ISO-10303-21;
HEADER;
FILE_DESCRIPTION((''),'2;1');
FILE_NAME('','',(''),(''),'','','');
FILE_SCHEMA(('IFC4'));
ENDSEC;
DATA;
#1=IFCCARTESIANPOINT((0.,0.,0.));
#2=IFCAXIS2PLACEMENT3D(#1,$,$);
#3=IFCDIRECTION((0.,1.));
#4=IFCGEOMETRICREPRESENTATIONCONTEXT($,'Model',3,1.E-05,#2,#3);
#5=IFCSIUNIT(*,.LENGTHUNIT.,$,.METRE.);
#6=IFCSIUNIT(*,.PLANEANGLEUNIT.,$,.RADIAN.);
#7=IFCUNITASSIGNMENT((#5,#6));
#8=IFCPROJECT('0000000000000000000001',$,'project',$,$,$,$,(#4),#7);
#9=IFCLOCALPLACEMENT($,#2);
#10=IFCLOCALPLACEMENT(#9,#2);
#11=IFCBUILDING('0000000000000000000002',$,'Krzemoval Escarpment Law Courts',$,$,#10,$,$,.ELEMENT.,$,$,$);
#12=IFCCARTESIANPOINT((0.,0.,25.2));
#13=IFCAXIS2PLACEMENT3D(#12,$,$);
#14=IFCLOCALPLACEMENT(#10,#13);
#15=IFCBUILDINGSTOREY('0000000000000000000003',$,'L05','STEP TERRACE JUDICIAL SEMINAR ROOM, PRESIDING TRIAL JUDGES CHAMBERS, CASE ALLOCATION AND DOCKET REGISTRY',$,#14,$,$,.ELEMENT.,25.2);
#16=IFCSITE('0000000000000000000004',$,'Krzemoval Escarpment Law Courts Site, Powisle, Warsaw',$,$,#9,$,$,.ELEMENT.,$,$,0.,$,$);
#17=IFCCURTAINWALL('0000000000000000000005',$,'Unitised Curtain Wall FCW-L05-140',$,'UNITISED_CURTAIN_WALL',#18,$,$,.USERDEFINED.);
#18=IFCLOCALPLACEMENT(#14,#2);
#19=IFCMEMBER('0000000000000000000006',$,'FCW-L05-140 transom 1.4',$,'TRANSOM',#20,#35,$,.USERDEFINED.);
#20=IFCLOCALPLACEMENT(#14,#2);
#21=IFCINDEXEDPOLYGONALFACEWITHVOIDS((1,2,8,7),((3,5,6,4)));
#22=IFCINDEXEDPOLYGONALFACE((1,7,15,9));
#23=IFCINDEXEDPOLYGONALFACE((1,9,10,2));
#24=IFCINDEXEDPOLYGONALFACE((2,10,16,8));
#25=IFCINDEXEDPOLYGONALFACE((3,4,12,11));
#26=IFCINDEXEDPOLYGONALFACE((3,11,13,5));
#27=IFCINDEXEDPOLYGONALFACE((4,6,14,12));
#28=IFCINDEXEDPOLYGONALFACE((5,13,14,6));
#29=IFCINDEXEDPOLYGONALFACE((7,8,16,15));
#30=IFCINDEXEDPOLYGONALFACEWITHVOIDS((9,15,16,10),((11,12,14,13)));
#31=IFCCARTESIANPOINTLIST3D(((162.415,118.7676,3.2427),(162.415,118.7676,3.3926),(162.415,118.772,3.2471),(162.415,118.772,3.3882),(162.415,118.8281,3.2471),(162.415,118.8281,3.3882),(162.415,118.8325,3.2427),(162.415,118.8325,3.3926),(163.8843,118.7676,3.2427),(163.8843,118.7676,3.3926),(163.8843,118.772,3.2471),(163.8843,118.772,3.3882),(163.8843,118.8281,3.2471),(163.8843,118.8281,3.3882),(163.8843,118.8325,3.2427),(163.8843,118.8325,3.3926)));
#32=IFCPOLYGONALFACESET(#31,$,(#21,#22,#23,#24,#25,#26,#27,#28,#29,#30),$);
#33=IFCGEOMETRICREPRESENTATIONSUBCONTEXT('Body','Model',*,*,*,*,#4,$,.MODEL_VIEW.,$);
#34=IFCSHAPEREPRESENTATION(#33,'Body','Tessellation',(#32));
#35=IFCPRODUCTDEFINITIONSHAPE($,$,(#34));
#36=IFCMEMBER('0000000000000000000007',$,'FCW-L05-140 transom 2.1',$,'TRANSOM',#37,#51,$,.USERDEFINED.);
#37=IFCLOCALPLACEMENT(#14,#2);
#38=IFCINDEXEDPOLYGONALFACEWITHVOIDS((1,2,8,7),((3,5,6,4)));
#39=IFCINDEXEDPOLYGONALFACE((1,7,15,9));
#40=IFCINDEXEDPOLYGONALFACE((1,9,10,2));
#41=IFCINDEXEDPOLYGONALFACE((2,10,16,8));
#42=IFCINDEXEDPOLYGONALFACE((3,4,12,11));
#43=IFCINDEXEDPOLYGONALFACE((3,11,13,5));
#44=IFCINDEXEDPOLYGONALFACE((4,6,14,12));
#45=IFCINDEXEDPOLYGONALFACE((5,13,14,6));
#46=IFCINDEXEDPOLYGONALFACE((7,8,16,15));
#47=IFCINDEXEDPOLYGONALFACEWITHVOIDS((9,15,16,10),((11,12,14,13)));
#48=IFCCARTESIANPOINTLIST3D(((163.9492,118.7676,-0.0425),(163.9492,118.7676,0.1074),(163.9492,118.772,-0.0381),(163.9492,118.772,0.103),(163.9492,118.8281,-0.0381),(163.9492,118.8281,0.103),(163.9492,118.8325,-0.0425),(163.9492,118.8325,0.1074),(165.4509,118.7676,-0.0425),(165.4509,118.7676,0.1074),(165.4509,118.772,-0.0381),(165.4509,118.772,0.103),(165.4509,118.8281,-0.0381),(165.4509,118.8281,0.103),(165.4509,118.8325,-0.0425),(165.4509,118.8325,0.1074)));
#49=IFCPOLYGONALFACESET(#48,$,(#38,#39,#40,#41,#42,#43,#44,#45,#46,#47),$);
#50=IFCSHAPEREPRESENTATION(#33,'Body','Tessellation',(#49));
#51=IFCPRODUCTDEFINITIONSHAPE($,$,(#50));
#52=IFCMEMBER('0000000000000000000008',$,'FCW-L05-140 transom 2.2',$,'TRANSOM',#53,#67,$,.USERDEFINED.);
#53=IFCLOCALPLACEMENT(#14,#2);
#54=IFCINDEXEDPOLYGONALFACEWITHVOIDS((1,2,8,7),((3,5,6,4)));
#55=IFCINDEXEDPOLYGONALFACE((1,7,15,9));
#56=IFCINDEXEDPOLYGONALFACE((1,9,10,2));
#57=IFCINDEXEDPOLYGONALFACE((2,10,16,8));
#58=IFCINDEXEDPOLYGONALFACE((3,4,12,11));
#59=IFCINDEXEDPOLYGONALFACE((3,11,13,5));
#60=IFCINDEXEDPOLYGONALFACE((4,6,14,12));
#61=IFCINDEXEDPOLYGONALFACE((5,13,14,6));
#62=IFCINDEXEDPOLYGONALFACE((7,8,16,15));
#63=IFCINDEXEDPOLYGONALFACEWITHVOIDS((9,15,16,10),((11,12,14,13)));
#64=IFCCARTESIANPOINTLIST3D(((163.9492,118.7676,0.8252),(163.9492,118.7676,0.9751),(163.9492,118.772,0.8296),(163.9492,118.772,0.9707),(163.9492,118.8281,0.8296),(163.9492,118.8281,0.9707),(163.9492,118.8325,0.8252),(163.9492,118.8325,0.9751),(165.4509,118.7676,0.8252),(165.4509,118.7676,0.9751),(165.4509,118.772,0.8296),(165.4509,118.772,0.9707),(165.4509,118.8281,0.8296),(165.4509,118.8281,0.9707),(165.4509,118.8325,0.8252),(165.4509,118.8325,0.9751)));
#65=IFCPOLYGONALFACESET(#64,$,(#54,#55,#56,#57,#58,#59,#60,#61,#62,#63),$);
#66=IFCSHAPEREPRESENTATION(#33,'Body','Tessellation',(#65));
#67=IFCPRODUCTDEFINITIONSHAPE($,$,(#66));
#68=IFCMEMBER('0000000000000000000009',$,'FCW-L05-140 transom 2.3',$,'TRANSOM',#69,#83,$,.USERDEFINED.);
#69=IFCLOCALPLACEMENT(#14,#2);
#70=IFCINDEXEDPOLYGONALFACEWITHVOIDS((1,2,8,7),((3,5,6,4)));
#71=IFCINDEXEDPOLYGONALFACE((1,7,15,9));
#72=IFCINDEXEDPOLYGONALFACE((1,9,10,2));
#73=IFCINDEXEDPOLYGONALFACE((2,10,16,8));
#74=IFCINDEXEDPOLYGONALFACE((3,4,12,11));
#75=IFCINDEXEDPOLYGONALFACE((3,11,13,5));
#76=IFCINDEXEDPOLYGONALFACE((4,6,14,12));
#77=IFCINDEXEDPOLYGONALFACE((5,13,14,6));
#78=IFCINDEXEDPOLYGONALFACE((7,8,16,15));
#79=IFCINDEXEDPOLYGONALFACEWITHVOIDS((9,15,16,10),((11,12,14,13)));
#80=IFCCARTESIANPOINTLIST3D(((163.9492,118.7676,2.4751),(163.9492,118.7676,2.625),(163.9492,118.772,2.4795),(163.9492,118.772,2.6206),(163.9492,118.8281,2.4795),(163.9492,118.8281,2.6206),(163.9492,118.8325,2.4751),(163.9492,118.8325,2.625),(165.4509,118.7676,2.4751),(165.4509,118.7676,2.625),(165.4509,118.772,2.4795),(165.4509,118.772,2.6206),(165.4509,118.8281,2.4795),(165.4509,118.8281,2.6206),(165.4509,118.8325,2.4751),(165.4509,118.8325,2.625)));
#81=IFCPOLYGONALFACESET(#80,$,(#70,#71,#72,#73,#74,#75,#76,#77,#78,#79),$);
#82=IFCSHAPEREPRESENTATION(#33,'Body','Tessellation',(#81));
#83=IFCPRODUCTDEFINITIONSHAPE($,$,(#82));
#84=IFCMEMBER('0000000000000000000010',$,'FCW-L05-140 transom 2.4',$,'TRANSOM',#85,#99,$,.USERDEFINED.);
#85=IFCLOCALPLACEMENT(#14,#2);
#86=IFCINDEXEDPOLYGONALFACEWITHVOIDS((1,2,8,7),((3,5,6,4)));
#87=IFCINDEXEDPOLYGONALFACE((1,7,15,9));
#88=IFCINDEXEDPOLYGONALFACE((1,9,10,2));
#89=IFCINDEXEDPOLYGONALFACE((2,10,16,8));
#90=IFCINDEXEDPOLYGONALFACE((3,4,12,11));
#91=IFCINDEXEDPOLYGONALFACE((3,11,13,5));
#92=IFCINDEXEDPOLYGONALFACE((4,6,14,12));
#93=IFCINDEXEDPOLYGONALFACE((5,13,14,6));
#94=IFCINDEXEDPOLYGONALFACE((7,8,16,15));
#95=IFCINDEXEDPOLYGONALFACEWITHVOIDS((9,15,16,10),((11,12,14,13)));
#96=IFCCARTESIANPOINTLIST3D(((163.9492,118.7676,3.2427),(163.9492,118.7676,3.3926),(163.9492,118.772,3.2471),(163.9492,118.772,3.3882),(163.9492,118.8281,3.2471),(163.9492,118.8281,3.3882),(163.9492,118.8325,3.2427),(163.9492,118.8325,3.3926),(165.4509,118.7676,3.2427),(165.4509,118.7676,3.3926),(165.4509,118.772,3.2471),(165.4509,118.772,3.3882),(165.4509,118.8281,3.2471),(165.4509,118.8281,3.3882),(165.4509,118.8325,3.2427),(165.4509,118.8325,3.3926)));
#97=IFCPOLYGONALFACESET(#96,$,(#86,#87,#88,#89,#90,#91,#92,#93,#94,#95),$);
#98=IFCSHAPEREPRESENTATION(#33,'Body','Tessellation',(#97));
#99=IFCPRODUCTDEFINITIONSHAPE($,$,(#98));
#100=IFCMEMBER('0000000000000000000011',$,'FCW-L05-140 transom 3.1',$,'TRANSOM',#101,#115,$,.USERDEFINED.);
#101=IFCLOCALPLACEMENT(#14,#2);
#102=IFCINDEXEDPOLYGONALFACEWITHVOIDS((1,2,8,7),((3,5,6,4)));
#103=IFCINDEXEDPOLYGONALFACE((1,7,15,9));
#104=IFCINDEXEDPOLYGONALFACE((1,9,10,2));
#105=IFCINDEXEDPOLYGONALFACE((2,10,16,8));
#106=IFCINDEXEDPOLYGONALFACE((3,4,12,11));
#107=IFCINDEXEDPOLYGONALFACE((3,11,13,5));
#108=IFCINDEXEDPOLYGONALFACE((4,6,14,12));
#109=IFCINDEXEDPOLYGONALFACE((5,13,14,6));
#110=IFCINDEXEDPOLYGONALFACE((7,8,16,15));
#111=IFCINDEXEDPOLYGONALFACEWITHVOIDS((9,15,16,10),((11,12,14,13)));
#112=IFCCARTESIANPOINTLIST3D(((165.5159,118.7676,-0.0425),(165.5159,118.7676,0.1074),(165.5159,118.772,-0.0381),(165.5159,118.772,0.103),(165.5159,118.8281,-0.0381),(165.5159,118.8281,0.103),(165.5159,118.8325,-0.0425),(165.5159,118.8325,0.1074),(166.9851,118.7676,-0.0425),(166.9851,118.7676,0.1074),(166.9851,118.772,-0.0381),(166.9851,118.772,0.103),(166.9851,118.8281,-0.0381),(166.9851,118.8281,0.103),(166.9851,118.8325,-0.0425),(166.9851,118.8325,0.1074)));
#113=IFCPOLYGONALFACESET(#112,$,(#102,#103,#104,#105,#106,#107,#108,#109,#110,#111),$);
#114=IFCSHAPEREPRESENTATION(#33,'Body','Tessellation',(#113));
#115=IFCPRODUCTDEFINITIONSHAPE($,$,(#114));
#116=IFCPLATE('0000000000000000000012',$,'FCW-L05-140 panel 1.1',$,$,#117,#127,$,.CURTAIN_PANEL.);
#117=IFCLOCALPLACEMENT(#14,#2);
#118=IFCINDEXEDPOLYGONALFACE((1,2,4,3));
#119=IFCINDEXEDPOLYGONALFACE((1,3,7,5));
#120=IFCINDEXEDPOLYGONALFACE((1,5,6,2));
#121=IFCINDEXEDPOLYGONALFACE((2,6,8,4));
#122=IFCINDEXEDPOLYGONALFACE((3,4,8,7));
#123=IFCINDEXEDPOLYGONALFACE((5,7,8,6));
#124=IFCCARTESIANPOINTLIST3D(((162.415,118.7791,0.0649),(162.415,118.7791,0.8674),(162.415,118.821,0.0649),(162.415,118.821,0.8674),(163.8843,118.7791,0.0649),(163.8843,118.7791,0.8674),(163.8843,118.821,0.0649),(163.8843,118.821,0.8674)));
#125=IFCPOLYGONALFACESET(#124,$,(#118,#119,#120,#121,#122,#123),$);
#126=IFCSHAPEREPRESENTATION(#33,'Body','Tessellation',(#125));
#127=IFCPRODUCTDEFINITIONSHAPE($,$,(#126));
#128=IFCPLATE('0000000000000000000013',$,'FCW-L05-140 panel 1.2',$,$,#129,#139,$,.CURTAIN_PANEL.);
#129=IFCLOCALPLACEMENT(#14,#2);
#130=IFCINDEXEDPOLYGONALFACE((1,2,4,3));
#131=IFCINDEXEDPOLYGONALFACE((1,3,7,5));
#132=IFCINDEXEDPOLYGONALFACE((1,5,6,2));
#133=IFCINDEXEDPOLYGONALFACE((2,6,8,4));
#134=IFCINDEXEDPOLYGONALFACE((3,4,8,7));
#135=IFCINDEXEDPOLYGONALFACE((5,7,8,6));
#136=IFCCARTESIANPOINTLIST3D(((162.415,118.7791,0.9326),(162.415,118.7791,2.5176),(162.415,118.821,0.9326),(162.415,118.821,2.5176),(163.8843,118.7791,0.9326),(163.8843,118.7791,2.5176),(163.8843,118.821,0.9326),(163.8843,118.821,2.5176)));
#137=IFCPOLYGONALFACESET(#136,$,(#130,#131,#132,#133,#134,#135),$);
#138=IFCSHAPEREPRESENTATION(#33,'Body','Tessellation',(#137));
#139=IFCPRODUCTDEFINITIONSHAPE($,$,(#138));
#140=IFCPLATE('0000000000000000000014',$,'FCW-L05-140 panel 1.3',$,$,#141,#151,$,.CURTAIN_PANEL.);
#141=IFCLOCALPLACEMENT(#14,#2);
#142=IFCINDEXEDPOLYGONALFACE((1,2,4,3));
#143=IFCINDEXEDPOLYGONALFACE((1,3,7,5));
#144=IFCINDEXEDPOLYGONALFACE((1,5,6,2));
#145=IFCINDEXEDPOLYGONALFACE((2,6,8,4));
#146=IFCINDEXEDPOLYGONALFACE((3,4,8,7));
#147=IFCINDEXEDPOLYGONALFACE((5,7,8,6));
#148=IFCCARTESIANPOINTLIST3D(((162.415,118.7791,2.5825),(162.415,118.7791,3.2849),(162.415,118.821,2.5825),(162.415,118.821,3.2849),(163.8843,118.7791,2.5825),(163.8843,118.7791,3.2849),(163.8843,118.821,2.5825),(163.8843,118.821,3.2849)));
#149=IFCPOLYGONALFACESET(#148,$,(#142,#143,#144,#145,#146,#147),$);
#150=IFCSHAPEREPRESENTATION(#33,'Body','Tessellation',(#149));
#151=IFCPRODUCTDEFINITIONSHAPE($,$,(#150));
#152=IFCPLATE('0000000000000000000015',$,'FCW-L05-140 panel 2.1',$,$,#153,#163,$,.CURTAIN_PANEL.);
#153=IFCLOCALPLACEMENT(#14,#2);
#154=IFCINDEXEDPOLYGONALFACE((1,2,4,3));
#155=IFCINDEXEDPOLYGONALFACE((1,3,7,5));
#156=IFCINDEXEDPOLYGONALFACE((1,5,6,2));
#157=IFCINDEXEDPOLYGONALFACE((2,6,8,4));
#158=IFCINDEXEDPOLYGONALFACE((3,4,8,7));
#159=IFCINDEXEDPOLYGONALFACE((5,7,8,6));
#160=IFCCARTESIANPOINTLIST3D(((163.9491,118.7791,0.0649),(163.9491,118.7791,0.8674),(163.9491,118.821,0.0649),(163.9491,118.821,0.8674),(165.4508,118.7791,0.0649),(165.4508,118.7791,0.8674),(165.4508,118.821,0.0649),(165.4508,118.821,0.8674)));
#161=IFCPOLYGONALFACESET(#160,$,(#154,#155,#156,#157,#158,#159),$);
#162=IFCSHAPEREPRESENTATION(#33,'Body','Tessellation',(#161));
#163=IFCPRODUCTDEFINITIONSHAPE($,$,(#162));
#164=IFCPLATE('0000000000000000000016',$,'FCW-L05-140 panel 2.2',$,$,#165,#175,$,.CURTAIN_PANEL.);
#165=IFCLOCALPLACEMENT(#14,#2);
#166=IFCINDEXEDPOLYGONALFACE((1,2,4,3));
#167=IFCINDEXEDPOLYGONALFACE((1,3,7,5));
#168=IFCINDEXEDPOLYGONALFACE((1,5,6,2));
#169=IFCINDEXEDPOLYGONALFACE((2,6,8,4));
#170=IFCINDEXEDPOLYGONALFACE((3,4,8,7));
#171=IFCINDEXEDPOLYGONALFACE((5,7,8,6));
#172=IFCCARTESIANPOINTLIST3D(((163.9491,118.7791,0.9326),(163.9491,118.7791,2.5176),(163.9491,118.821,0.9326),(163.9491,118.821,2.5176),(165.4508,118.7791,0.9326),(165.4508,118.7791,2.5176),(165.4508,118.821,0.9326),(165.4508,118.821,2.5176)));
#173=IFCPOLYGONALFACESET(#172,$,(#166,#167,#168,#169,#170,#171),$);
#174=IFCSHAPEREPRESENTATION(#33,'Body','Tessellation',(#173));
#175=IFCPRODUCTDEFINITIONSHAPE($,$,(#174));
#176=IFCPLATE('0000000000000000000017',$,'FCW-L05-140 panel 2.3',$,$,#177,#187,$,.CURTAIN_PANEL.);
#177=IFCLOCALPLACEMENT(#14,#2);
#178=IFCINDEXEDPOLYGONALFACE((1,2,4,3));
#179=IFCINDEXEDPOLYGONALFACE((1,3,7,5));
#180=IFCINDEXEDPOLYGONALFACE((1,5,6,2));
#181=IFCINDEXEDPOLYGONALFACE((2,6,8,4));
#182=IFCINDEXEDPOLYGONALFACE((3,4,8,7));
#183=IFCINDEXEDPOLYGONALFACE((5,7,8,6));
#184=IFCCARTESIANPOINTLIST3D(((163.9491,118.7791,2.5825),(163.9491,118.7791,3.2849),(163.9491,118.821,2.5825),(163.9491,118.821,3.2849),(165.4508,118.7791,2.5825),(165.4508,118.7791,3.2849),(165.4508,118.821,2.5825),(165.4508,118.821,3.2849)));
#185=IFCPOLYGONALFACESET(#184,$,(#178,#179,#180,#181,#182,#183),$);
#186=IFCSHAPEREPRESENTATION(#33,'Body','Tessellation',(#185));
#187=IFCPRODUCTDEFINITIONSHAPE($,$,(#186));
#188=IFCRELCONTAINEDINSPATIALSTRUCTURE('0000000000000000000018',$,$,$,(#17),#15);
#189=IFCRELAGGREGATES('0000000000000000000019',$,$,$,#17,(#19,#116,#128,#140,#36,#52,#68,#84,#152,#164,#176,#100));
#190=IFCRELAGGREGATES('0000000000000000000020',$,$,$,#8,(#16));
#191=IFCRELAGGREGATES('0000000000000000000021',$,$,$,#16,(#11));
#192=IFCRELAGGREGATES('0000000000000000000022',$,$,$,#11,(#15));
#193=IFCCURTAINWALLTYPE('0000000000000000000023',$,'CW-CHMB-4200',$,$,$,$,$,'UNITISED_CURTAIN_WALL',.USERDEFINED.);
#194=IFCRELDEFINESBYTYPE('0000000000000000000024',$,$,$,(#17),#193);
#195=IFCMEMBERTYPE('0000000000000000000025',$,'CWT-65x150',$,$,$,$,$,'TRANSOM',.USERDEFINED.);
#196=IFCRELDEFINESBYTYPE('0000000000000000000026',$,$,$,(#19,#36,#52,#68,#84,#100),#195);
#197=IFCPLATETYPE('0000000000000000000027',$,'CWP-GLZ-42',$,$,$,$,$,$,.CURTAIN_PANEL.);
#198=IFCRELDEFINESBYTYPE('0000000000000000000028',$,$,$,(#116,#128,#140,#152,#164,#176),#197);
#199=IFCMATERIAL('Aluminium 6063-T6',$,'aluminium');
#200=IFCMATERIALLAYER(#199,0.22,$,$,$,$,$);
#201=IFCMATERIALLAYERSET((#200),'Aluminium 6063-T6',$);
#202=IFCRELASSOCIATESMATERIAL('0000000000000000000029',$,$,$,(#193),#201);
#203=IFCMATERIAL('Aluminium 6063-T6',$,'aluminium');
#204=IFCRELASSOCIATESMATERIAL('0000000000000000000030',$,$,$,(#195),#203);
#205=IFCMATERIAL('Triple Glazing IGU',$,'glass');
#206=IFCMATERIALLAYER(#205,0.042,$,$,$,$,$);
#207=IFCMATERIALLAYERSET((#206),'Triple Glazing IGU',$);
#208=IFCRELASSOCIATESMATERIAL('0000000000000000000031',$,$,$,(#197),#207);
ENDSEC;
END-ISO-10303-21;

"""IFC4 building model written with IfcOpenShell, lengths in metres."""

from ifc_helpers import new_model, si_unit, direction, frame, origin, origin_2d, place, context, subcontext, project, spatial, rectangle, hollow_rectangle, extrude, material, layer, layer_set, material_profile, profile_set, type_object, element, aggregate, save


model = new_model("IFC4")

# Units and contexts
model_context = context("Model", 3, precision=1e-05, world=origin(), true_north=direction((0.0, 1.0)))
body_context = subcontext(model_context, "Body", "Model", "MODEL_VIEW")
ifc_project = project(units=[si_unit("LENGTHUNIT", "METRE"), si_unit("PLANEANGLEUNIT", "RADIAN")], contexts=[model_context])

# Site, building, storey
site_placement = place(None, origin())
site = spatial("IfcSite", under=ifc_project, at=site_placement, Name="Krzemoval Escarpment Law Courts Site, Powisle, Warsaw", CompositionType="ELEMENT", RefElevation=0.0)
building_placement = place(site_placement, origin())
building = spatial("IfcBuilding", under=site, at=building_placement, Name="Krzemoval Escarpment Law Courts", CompositionType="ELEMENT")
storey_placement = place(building_placement, frame((0.0, 0.0, 25.2)))
storey = spatial("IfcBuildingStorey", under=building, at=storey_placement, Name="L05", Description="STEP TERRACE JUDICIAL SEMINAR ROOM, PRESIDING TRIAL JUDGES CHAMBERS, CASE ALLOCATION AND DOCKET REGISTRY", CompositionType="ELEMENT", Elevation=25.2)

# Curtain wall, members, plates
ifc_material_1 = material(Name="Aluminium 6063-T6", Category="aluminium")
ifc_layer_1 = layer(ifc_material_1, 0.22)
ifc_layer_set_1 = layer_set([ifc_layer_1], Name="Aluminium 6063-T6")
curtain_wall_type = type_object("IfcCurtainWallType", Name="CW-CHMB-4200", ElementType="UNITISED_CURTAIN_WALL", PredefinedType="USERDEFINED", material=ifc_layer_set_1)
curtain_wall_placement = place(storey_placement, origin())
curtain_wall = element("IfcCurtainWall", 1, at=curtain_wall_placement, inside=storey, type_object=curtain_wall_type, Name="Unitised Curtain Wall FCW-L05-140", ObjectType="UNITISED_CURTAIN_WALL", PredefinedType="USERDEFINED")
ifc_material_2 = material(Name="Aluminium 6063-T6", Category="aluminium")
ifc_material_profile_1 = material_profile(ifc_material_2, hollow_rectangle(XDim=0.0649, YDim=0.1499, WallThickness=0.0044, at=origin_2d()), Name="ALU T65x150")
ifc_profile_set_1 = profile_set([ifc_material_profile_1], Name="Aluminium 6063-T6")
member_type_1 = type_object("IfcMemberType", Name="CWT-65x150", ElementType="TRANSOM", PredefinedType="USERDEFINED", material=ifc_profile_set_1)
member_1_placement = place(storey_placement, frame((162.415, 118.8, 3.3176), z_axis=(1.0, 0.0, 0.0), x_axis=(0.0, 1.0, 0.0)))
member_1 = element("IfcMember", 2, at=member_1_placement, type_object=member_type_1, Name="FCW-L05-140 transom 1.4", ObjectType="TRANSOM", PredefinedType="USERDEFINED", context=body_context, shape_type="SweptSolid", body=[
    extrude(hollow_rectangle(XDim=0.0649, YDim=0.1499, WallThickness=0.0044, at=origin_2d()), origin(), (0.0, 0.0, 1.0), 1.4692),
])
member_2_placement = place(storey_placement, frame((163.9492, 118.8, 0.0325), z_axis=(1.0, 0.0, 0.0), x_axis=(0.0, 1.0, 0.0)))
member_2 = element("IfcMember", 3, at=member_2_placement, type_object=member_type_1, Name="FCW-L05-140 transom 2.1", ObjectType="TRANSOM", PredefinedType="USERDEFINED", context=body_context, shape_type="SweptSolid", body=[
    extrude(hollow_rectangle(XDim=0.0649, YDim=0.1499, WallThickness=0.0044, at=origin_2d()), origin(), (0.0, 0.0, 1.0), 1.5017),
])
member_3_placement = place(storey_placement, frame((163.9492, 118.8, 0.9001), z_axis=(1.0, 0.0, 0.0), x_axis=(0.0, 1.0, 0.0)))
member_3 = element("IfcMember", 4, at=member_3_placement, type_object=member_type_1, Name="FCW-L05-140 transom 2.2", ObjectType="TRANSOM", PredefinedType="USERDEFINED", context=body_context, shape_type="SweptSolid", body=[
    extrude(hollow_rectangle(XDim=0.0649, YDim=0.1499, WallThickness=0.0044, at=origin_2d()), origin(), (0.0, 0.0, 1.0), 1.5017),
])
member_4_placement = place(storey_placement, frame((163.9492, 118.8, 2.55), z_axis=(1.0, 0.0, 0.0), x_axis=(0.0, 1.0, 0.0)))
member_4 = element("IfcMember", 5, at=member_4_placement, type_object=member_type_1, Name="FCW-L05-140 transom 2.3", ObjectType="TRANSOM", PredefinedType="USERDEFINED", context=body_context, shape_type="SweptSolid", body=[
    extrude(hollow_rectangle(XDim=0.0649, YDim=0.1499, WallThickness=0.0044, at=origin_2d()), origin(), (0.0, 0.0, 1.0), 1.5017),
])
member_5_placement = place(storey_placement, frame((163.9492, 118.8, 3.3176), z_axis=(1.0, 0.0, 0.0), x_axis=(0.0, 1.0, 0.0)))
member_5 = element("IfcMember", 6, at=member_5_placement, type_object=member_type_1, Name="FCW-L05-140 transom 2.4", ObjectType="TRANSOM", PredefinedType="USERDEFINED", context=body_context, shape_type="SweptSolid", body=[
    extrude(hollow_rectangle(XDim=0.0649, YDim=0.1499, WallThickness=0.0044, at=origin_2d()), origin(), (0.0, 0.0, 1.0), 1.5017),
])
member_6_placement = place(storey_placement, frame((165.5159, 118.8, 0.0325), z_axis=(1.0, 0.0, 0.0), x_axis=(0.0, 1.0, 0.0)))
member_6 = element("IfcMember", 7, at=member_6_placement, type_object=member_type_1, Name="FCW-L05-140 transom 3.1", ObjectType="TRANSOM", PredefinedType="USERDEFINED", context=body_context, shape_type="SweptSolid", body=[
    extrude(hollow_rectangle(XDim=0.0649, YDim=0.1499, WallThickness=0.0044, at=origin_2d()), origin(), (0.0, 0.0, 1.0), 1.4692),
])
ifc_material_3 = material(Name="Triple Glazing IGU", Category="glass")
ifc_layer_2 = layer(ifc_material_3, 0.042)
ifc_layer_set_2 = layer_set([ifc_layer_2], Name="Triple Glazing IGU")
plate_type = type_object("IfcPlateType", Name="CWP-GLZ-42", PredefinedType="CURTAIN_PANEL", material=ifc_layer_set_2)
plate_1_placement = place(storey_placement, frame((163.1497, 118.8, 0.0649), z_axis=(0.0, 0.0, 1.0), x_axis=(1.0, 0.0, 0.0)))
plate_1 = element("IfcPlate", 8, at=plate_1_placement, type_object=plate_type, Name="FCW-L05-140 panel 1.1", PredefinedType="CURTAIN_PANEL", context=body_context, shape_type="SweptSolid", body=[
    extrude(rectangle(XDim=1.4692, YDim=0.042, at=origin_2d()), origin(), (0.0, 0.0, 1.0), 0.8025),
])
plate_2_placement = place(storey_placement, frame((163.1497, 118.8, 0.9326), z_axis=(0.0, 0.0, 1.0), x_axis=(1.0, 0.0, 0.0)))
plate_2 = element("IfcPlate", 9, at=plate_2_placement, type_object=plate_type, Name="FCW-L05-140 panel 1.2", PredefinedType="CURTAIN_PANEL", context=body_context, shape_type="SweptSolid", body=[
    extrude(rectangle(XDim=1.4692, YDim=0.042, at=origin_2d()), origin(), (0.0, 0.0, 1.0), 1.585),
])
plate_3_placement = place(storey_placement, frame((163.1497, 118.8, 2.5825), z_axis=(0.0, 0.0, 1.0), x_axis=(1.0, 0.0, 0.0)))
plate_3 = element("IfcPlate", 10, at=plate_3_placement, type_object=plate_type, Name="FCW-L05-140 panel 1.3", PredefinedType="CURTAIN_PANEL", context=body_context, shape_type="SweptSolid", body=[
    extrude(rectangle(XDim=1.4692, YDim=0.042, at=origin_2d()), origin(), (0.0, 0.0, 1.0), 0.7024),
])
plate_4_placement = place(storey_placement, frame((164.7, 118.8, 0.0649), z_axis=(0.0, 0.0, 1.0), x_axis=(1.0, 0.0, 0.0)))
plate_4 = element("IfcPlate", 11, at=plate_4_placement, type_object=plate_type, Name="FCW-L05-140 panel 2.1", PredefinedType="CURTAIN_PANEL", context=body_context, shape_type="SweptSolid", body=[
    extrude(rectangle(XDim=1.5017, YDim=0.042, at=origin_2d()), origin(), (0.0, 0.0, 1.0), 0.8025),
])
plate_5_placement = place(storey_placement, frame((164.7, 118.8, 0.9326), z_axis=(0.0, 0.0, 1.0), x_axis=(1.0, 0.0, 0.0)))
plate_5 = element("IfcPlate", 12, at=plate_5_placement, type_object=plate_type, Name="FCW-L05-140 panel 2.2", PredefinedType="CURTAIN_PANEL", context=body_context, shape_type="SweptSolid", body=[
    extrude(rectangle(XDim=1.5017, YDim=0.042, at=origin_2d()), origin(), (0.0, 0.0, 1.0), 1.585),
])
plate_6_placement = place(storey_placement, frame((164.7, 118.8, 2.5825), z_axis=(0.0, 0.0, 1.0), x_axis=(1.0, 0.0, 0.0)))
plate_6 = element("IfcPlate", 13, at=plate_6_placement, type_object=plate_type, Name="FCW-L05-140 panel 2.3", PredefinedType="CURTAIN_PANEL", context=body_context, shape_type="SweptSolid", body=[
    extrude(rectangle(XDim=1.5017, YDim=0.042, at=origin_2d()), origin(), (0.0, 0.0, 1.0), 0.7024),
])
aggregate(curtain_wall, [member_1, plate_1, plate_2, plate_3, member_2, member_3, member_4, member_5, plate_4, plate_5, plate_6, member_6])

save(model, "model.ifc")
